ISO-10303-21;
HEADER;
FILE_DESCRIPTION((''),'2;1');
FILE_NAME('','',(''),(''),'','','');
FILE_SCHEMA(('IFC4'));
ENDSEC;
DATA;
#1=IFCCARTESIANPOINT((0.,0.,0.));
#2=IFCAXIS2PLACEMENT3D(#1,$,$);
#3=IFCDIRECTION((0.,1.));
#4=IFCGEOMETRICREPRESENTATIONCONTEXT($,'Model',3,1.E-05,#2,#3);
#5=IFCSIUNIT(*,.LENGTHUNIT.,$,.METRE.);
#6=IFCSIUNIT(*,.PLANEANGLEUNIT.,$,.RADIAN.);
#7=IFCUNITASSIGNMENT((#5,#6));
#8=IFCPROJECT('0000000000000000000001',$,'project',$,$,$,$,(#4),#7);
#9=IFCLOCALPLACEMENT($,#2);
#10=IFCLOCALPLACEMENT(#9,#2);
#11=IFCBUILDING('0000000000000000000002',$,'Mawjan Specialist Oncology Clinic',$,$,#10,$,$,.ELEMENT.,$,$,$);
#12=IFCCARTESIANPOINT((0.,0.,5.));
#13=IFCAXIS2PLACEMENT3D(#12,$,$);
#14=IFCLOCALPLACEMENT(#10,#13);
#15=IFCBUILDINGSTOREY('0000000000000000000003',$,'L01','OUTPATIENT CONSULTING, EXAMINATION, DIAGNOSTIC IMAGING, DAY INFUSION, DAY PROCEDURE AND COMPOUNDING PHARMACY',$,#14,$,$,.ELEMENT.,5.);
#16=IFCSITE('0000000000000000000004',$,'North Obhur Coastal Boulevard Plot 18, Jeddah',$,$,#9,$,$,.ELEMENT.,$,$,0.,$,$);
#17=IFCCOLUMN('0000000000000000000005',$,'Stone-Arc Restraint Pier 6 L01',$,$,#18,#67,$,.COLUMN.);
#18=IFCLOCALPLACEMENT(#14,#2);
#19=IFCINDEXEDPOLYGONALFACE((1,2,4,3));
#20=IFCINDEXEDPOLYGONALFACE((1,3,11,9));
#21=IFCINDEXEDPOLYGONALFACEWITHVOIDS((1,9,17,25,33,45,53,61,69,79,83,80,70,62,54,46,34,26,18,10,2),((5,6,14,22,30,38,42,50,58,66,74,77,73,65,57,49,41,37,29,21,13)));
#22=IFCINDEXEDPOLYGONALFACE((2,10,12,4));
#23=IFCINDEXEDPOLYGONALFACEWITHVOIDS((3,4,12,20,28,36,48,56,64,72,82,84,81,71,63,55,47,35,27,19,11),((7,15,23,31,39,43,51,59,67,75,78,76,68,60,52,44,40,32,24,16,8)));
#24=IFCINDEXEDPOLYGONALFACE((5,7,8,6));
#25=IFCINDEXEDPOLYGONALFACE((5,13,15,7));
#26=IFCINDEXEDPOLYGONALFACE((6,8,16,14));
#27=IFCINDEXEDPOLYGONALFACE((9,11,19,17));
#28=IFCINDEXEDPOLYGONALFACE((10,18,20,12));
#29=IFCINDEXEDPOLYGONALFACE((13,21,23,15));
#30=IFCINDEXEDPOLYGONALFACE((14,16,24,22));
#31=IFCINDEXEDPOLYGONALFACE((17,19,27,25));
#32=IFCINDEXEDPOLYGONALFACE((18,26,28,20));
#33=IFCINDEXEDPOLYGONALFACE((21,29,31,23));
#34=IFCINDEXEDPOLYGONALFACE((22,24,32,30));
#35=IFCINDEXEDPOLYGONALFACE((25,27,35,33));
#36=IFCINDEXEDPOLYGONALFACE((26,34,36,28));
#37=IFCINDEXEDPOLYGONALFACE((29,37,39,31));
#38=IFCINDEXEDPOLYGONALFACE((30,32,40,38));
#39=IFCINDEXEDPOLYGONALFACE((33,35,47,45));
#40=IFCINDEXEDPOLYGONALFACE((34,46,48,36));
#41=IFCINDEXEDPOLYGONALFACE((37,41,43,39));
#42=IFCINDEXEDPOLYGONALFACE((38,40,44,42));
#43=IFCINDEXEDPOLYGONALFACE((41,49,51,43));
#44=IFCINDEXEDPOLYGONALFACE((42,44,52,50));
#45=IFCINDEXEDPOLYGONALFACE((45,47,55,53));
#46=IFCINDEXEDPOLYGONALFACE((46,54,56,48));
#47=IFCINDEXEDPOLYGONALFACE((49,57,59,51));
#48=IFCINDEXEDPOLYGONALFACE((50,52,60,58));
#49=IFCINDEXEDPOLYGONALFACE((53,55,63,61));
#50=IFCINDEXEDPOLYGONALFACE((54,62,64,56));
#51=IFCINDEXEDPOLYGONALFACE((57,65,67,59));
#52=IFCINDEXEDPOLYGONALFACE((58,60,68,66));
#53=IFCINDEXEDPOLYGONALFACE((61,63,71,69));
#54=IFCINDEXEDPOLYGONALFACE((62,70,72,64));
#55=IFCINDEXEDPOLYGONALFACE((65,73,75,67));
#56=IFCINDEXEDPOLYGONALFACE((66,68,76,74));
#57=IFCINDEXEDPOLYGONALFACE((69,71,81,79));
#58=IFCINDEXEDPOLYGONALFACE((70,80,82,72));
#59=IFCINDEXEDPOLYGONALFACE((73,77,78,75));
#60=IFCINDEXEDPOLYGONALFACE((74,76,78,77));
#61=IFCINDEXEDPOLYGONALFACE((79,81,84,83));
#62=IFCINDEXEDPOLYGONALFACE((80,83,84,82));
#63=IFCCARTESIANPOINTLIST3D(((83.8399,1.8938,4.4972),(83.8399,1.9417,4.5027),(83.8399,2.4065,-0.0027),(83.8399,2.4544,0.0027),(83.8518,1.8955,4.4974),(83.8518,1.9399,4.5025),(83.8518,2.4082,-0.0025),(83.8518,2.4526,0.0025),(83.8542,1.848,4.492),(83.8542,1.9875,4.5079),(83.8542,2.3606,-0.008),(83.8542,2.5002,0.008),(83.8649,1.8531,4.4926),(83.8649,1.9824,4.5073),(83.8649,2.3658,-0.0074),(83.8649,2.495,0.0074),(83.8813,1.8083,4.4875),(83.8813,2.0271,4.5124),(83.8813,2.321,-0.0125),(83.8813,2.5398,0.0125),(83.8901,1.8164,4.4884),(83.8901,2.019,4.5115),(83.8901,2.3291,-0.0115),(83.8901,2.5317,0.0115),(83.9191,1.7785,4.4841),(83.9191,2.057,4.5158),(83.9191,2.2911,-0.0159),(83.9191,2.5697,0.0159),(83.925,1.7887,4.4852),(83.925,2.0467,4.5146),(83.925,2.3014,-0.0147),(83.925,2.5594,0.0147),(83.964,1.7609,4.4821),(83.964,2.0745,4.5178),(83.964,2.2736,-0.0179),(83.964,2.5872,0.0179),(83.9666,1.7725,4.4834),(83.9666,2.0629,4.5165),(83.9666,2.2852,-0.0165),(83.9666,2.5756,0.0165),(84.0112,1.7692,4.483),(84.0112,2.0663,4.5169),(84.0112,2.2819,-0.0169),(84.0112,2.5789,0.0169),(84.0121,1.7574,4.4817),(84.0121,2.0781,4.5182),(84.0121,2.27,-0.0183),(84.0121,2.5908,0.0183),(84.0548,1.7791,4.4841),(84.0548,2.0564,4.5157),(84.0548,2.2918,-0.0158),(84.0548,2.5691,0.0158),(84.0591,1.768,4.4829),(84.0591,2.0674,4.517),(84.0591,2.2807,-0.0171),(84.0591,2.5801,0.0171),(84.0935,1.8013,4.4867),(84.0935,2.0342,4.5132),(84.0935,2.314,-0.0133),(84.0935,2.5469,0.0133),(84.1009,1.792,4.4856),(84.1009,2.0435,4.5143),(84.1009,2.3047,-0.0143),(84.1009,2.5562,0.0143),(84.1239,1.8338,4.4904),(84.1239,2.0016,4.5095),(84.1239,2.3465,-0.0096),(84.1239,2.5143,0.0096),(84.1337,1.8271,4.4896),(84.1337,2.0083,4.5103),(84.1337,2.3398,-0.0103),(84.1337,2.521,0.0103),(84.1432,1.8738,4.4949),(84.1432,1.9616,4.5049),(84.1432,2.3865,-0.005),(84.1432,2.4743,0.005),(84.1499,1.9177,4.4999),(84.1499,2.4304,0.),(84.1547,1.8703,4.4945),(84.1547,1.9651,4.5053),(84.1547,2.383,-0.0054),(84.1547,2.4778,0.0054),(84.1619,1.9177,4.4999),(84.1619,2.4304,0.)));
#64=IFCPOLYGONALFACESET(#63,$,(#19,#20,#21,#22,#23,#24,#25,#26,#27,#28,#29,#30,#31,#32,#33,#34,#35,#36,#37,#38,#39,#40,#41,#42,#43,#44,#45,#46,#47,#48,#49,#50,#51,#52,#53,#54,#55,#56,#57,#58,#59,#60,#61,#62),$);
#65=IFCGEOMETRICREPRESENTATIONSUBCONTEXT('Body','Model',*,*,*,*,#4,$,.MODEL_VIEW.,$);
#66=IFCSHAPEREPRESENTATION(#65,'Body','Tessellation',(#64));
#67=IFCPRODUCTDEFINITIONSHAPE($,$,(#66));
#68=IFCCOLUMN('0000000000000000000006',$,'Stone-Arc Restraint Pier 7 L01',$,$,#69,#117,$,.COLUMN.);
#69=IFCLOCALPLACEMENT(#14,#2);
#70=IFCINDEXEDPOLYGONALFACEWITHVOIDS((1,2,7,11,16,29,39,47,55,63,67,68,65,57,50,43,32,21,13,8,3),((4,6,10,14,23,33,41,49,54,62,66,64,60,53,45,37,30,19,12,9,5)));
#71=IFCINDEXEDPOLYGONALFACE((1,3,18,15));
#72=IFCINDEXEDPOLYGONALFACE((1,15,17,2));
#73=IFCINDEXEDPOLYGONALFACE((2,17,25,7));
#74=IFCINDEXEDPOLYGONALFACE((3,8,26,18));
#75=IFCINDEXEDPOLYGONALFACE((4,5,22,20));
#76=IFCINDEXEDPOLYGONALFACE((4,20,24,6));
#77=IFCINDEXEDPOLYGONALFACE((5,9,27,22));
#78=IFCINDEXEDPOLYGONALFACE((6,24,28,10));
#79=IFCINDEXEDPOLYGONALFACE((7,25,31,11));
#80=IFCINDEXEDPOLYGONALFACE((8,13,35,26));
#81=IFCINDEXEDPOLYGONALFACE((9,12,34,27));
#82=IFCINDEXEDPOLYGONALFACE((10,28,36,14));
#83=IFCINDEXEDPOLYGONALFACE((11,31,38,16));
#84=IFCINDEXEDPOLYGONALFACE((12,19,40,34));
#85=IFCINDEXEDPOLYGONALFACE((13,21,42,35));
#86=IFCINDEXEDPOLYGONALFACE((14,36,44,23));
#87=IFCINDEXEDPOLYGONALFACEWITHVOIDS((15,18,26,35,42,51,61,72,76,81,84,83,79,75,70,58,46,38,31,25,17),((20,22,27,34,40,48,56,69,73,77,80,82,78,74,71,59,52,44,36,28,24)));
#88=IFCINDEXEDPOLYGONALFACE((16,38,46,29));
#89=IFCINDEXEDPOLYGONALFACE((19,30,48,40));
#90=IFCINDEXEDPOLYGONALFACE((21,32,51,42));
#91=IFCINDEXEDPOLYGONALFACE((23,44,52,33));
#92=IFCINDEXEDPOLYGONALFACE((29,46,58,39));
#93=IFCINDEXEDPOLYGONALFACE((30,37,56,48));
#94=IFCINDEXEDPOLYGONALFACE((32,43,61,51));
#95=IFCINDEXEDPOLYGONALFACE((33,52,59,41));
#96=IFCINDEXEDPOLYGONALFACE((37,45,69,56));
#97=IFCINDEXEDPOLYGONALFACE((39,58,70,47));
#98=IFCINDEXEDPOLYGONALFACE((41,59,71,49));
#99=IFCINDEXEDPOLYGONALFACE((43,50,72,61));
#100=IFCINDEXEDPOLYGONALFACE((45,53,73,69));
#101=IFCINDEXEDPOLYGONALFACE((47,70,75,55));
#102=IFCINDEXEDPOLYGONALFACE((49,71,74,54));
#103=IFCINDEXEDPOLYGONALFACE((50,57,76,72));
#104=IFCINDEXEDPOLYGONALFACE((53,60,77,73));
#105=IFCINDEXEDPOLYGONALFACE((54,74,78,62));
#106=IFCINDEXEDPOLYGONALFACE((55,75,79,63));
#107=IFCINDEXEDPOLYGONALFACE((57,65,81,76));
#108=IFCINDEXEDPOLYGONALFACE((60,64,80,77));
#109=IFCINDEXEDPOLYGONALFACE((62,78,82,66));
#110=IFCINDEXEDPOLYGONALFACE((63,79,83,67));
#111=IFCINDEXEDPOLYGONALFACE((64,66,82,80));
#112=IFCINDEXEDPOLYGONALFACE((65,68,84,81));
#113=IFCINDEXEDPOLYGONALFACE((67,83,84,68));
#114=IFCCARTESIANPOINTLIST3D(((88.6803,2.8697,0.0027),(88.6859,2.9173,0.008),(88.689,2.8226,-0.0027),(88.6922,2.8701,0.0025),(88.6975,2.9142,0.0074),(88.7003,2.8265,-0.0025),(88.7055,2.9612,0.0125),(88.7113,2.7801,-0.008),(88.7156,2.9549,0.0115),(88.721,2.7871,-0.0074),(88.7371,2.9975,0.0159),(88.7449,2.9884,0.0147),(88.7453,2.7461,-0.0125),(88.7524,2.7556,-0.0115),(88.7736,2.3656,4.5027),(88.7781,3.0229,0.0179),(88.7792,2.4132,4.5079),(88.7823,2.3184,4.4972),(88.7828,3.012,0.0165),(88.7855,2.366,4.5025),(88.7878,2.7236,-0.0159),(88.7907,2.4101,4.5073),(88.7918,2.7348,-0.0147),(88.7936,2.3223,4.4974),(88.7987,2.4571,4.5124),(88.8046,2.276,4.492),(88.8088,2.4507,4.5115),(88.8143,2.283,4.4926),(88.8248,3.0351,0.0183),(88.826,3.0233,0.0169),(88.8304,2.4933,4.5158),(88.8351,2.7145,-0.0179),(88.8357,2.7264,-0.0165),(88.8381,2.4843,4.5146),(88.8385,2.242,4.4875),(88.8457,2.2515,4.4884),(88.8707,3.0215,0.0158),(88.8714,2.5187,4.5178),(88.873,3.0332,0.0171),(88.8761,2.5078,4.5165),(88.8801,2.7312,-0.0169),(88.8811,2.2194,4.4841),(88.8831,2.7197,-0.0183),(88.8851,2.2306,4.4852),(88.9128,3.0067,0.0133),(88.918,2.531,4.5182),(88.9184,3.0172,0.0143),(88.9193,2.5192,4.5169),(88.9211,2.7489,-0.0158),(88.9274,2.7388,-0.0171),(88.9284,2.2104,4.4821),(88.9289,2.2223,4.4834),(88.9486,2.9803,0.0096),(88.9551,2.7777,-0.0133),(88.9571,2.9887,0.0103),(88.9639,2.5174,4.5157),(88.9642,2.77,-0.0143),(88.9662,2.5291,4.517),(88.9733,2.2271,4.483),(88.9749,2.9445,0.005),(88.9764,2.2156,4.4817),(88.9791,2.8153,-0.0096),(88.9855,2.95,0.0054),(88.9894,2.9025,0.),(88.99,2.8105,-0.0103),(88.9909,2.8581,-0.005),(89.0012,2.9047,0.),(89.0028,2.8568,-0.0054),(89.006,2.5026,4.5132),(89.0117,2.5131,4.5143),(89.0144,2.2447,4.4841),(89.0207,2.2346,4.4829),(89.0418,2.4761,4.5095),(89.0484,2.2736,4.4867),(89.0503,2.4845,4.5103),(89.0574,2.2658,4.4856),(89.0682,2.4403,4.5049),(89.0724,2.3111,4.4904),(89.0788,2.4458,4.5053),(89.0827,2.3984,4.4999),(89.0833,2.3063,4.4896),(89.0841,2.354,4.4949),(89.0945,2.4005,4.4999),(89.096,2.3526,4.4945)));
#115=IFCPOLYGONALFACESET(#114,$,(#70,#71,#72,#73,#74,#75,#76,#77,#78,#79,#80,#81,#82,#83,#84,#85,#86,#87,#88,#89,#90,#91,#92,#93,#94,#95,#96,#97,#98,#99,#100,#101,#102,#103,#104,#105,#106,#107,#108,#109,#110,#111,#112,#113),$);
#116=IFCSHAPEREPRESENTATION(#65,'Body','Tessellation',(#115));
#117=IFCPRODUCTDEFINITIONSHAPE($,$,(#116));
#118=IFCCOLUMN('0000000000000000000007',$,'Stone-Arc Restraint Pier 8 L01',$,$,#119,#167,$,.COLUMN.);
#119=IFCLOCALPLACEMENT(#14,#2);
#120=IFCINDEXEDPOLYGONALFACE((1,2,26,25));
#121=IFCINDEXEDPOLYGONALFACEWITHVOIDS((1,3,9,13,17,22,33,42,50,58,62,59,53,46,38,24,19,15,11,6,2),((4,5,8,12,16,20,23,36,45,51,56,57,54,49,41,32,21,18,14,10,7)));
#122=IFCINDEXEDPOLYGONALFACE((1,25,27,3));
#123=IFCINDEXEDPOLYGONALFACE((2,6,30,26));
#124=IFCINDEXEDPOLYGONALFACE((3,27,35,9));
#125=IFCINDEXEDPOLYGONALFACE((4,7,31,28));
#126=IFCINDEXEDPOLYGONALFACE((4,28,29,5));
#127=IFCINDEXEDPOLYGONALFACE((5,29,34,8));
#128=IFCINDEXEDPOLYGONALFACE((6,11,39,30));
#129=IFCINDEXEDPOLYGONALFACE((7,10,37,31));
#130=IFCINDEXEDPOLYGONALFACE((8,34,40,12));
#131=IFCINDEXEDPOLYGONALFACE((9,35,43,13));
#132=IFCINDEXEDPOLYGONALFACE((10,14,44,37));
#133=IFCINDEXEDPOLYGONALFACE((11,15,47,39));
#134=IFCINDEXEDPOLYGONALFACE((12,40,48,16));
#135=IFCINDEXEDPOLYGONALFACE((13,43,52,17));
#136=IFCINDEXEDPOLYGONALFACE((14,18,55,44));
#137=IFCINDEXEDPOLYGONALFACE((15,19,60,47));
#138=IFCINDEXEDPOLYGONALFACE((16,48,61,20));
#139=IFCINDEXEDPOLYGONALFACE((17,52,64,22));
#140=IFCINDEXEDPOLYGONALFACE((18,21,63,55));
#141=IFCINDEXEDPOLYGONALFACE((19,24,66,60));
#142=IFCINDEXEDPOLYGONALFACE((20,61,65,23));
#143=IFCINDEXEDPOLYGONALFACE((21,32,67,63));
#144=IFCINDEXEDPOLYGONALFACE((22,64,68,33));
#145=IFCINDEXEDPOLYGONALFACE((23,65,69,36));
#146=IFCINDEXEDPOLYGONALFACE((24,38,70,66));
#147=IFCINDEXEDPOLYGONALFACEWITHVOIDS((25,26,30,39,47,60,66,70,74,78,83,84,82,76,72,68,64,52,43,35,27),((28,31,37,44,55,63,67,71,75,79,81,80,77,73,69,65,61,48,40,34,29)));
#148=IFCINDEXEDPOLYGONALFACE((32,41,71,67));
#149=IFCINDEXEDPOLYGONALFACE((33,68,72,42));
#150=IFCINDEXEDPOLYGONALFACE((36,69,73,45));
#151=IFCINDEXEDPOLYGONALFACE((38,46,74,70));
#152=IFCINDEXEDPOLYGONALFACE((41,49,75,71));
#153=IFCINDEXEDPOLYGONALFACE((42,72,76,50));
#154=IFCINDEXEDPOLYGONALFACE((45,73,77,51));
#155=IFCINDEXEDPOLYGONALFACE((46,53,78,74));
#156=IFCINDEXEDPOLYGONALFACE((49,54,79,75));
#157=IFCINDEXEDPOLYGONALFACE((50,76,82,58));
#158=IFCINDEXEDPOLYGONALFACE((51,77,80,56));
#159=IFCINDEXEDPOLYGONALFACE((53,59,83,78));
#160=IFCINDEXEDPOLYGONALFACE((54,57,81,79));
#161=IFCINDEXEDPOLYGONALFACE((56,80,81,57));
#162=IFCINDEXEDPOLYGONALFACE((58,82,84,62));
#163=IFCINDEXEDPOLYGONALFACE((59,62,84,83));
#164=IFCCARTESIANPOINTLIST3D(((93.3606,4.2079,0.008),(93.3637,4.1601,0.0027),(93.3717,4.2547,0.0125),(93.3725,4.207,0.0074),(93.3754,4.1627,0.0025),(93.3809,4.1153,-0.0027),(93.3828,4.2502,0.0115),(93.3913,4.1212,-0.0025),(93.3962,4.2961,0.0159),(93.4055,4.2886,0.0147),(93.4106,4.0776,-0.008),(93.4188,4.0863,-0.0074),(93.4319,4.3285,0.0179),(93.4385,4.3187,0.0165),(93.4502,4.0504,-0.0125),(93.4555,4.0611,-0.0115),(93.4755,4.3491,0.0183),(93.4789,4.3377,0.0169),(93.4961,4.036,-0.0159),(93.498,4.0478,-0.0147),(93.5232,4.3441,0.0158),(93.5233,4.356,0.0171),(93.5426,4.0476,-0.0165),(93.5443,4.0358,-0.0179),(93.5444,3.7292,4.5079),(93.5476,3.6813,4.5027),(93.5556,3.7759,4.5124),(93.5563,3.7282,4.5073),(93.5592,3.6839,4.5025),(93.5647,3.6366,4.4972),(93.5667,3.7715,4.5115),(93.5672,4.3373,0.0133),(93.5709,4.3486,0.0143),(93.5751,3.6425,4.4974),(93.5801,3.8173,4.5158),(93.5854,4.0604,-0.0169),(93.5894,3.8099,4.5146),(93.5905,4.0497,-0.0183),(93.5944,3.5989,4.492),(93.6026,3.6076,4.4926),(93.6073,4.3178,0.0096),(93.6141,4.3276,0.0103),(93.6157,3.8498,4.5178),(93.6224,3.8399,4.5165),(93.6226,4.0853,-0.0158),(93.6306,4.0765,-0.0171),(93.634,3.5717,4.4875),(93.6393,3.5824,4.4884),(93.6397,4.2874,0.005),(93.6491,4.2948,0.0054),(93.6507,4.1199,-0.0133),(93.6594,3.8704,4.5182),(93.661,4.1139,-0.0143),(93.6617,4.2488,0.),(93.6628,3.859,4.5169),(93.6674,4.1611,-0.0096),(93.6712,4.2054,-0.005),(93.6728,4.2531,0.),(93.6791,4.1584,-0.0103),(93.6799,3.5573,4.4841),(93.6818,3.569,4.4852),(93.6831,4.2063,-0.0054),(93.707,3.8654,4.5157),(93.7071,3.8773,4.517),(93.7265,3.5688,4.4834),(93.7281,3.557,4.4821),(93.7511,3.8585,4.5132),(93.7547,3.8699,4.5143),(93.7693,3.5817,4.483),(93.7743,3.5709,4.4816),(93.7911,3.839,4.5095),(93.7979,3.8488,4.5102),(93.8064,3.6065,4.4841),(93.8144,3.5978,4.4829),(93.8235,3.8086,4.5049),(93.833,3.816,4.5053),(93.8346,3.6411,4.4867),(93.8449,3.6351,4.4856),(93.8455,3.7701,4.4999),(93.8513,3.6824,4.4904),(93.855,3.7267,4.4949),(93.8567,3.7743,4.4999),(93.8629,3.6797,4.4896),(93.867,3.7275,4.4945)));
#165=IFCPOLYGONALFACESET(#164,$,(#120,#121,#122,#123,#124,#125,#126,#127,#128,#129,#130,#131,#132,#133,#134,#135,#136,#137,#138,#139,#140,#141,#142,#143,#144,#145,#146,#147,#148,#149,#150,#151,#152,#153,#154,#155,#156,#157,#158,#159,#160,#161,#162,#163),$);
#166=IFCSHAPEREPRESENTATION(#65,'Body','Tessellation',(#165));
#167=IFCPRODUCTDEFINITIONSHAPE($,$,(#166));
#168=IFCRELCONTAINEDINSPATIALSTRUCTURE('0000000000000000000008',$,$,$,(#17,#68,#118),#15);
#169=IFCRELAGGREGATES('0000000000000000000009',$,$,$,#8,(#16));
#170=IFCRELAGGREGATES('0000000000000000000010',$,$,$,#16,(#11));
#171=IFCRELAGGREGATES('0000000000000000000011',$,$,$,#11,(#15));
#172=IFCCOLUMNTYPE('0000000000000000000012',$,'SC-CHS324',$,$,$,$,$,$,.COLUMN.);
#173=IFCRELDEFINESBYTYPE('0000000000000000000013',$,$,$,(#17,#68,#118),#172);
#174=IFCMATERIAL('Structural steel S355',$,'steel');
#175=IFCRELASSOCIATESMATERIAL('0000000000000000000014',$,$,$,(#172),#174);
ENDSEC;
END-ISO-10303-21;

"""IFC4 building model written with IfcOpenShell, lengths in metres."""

from ifc_helpers import new_model, si_unit, direction, frame, origin, origin_2d, place, context, subcontext, project, spatial, hollow_circle, extrude, material, material_profile, profile_set, type_object, element, save


model = new_model("IFC4")

# Units and contexts
model_context = context("Model", 3, precision=1e-05, world=origin(), true_north=direction((0.0, 1.0)))
body_context = subcontext(model_context, "Body", "Model", "MODEL_VIEW")
ifc_project = project(units=[si_unit("LENGTHUNIT", "METRE"), si_unit("PLANEANGLEUNIT", "RADIAN")], contexts=[model_context])

# Site, building, storey
site_placement = place(None, origin())
site = spatial("IfcSite", under=ifc_project, at=site_placement, Name="North Obhur Coastal Boulevard Plot 18, Jeddah", CompositionType="ELEMENT", RefElevation=0.0)
building_placement = place(site_placement, origin())
building = spatial("IfcBuilding", under=site, at=building_placement, Name="Mawjan Specialist Oncology Clinic", CompositionType="ELEMENT")
storey_placement = place(building_placement, frame((0.0, 0.0, 5.0)))
storey = spatial("IfcBuildingStorey", under=building, at=storey_placement, Name="L01", Description="OUTPATIENT CONSULTING, EXAMINATION, DIAGNOSTIC IMAGING, DAY INFUSION, DAY PROCEDURE AND COMPOUNDING PHARMACY", CompositionType="ELEMENT", Elevation=5.0)

# Columns
ifc_material_1 = material(Name="Structural steel S355", Category="steel")
ifc_material_profile = material_profile(ifc_material_1, hollow_circle(Radius=0.1619, WallThickness=0.012, at=origin_2d()), Name="CHS 323.9x12", Category="steel")
ifc_profile_set = profile_set([ifc_material_profile], Name="Structural steel S355")
column_type = type_object("IfcColumnType", Name="SC-CHS324", PredefinedType="COLUMN", material=ifc_profile_set)
for number, where, z_axis, x_axis, name in (
    (1, (84.0, 2.4304, 0.0), (0.0, -0.1132, 0.993572), (1.0, 0.0, 0.0), "Stone-Arc Restraint Pier 6 L01"),
    (2, (88.842, 2.8752, 0.0), (0.020592, -0.111313, 0.993572), (0.983317, 0.181902, 0.0), "Stone-Arc Restraint Pier 7 L01"),
    (3, (93.5217, 4.1951, 0.0), (0.04059, -0.105707, 0.993569), (0.933542, 0.358469, 0.0), "Stone-Arc Restraint Pier 8 L01"),
):
    element("IfcColumn", number, at=place(storey_placement, frame(where, z_axis=z_axis, x_axis=x_axis)), inside=storey, type_object=column_type, Name=name, PredefinedType="COLUMN", context=body_context, shape_type="SweptSolid", body=[
        extrude(hollow_circle(Radius=0.1619, WallThickness=0.012, at=origin_2d()), origin(), (0.0, 0.0, 1.0), 4.5291),
    ])

save(model, "model.ifc")
